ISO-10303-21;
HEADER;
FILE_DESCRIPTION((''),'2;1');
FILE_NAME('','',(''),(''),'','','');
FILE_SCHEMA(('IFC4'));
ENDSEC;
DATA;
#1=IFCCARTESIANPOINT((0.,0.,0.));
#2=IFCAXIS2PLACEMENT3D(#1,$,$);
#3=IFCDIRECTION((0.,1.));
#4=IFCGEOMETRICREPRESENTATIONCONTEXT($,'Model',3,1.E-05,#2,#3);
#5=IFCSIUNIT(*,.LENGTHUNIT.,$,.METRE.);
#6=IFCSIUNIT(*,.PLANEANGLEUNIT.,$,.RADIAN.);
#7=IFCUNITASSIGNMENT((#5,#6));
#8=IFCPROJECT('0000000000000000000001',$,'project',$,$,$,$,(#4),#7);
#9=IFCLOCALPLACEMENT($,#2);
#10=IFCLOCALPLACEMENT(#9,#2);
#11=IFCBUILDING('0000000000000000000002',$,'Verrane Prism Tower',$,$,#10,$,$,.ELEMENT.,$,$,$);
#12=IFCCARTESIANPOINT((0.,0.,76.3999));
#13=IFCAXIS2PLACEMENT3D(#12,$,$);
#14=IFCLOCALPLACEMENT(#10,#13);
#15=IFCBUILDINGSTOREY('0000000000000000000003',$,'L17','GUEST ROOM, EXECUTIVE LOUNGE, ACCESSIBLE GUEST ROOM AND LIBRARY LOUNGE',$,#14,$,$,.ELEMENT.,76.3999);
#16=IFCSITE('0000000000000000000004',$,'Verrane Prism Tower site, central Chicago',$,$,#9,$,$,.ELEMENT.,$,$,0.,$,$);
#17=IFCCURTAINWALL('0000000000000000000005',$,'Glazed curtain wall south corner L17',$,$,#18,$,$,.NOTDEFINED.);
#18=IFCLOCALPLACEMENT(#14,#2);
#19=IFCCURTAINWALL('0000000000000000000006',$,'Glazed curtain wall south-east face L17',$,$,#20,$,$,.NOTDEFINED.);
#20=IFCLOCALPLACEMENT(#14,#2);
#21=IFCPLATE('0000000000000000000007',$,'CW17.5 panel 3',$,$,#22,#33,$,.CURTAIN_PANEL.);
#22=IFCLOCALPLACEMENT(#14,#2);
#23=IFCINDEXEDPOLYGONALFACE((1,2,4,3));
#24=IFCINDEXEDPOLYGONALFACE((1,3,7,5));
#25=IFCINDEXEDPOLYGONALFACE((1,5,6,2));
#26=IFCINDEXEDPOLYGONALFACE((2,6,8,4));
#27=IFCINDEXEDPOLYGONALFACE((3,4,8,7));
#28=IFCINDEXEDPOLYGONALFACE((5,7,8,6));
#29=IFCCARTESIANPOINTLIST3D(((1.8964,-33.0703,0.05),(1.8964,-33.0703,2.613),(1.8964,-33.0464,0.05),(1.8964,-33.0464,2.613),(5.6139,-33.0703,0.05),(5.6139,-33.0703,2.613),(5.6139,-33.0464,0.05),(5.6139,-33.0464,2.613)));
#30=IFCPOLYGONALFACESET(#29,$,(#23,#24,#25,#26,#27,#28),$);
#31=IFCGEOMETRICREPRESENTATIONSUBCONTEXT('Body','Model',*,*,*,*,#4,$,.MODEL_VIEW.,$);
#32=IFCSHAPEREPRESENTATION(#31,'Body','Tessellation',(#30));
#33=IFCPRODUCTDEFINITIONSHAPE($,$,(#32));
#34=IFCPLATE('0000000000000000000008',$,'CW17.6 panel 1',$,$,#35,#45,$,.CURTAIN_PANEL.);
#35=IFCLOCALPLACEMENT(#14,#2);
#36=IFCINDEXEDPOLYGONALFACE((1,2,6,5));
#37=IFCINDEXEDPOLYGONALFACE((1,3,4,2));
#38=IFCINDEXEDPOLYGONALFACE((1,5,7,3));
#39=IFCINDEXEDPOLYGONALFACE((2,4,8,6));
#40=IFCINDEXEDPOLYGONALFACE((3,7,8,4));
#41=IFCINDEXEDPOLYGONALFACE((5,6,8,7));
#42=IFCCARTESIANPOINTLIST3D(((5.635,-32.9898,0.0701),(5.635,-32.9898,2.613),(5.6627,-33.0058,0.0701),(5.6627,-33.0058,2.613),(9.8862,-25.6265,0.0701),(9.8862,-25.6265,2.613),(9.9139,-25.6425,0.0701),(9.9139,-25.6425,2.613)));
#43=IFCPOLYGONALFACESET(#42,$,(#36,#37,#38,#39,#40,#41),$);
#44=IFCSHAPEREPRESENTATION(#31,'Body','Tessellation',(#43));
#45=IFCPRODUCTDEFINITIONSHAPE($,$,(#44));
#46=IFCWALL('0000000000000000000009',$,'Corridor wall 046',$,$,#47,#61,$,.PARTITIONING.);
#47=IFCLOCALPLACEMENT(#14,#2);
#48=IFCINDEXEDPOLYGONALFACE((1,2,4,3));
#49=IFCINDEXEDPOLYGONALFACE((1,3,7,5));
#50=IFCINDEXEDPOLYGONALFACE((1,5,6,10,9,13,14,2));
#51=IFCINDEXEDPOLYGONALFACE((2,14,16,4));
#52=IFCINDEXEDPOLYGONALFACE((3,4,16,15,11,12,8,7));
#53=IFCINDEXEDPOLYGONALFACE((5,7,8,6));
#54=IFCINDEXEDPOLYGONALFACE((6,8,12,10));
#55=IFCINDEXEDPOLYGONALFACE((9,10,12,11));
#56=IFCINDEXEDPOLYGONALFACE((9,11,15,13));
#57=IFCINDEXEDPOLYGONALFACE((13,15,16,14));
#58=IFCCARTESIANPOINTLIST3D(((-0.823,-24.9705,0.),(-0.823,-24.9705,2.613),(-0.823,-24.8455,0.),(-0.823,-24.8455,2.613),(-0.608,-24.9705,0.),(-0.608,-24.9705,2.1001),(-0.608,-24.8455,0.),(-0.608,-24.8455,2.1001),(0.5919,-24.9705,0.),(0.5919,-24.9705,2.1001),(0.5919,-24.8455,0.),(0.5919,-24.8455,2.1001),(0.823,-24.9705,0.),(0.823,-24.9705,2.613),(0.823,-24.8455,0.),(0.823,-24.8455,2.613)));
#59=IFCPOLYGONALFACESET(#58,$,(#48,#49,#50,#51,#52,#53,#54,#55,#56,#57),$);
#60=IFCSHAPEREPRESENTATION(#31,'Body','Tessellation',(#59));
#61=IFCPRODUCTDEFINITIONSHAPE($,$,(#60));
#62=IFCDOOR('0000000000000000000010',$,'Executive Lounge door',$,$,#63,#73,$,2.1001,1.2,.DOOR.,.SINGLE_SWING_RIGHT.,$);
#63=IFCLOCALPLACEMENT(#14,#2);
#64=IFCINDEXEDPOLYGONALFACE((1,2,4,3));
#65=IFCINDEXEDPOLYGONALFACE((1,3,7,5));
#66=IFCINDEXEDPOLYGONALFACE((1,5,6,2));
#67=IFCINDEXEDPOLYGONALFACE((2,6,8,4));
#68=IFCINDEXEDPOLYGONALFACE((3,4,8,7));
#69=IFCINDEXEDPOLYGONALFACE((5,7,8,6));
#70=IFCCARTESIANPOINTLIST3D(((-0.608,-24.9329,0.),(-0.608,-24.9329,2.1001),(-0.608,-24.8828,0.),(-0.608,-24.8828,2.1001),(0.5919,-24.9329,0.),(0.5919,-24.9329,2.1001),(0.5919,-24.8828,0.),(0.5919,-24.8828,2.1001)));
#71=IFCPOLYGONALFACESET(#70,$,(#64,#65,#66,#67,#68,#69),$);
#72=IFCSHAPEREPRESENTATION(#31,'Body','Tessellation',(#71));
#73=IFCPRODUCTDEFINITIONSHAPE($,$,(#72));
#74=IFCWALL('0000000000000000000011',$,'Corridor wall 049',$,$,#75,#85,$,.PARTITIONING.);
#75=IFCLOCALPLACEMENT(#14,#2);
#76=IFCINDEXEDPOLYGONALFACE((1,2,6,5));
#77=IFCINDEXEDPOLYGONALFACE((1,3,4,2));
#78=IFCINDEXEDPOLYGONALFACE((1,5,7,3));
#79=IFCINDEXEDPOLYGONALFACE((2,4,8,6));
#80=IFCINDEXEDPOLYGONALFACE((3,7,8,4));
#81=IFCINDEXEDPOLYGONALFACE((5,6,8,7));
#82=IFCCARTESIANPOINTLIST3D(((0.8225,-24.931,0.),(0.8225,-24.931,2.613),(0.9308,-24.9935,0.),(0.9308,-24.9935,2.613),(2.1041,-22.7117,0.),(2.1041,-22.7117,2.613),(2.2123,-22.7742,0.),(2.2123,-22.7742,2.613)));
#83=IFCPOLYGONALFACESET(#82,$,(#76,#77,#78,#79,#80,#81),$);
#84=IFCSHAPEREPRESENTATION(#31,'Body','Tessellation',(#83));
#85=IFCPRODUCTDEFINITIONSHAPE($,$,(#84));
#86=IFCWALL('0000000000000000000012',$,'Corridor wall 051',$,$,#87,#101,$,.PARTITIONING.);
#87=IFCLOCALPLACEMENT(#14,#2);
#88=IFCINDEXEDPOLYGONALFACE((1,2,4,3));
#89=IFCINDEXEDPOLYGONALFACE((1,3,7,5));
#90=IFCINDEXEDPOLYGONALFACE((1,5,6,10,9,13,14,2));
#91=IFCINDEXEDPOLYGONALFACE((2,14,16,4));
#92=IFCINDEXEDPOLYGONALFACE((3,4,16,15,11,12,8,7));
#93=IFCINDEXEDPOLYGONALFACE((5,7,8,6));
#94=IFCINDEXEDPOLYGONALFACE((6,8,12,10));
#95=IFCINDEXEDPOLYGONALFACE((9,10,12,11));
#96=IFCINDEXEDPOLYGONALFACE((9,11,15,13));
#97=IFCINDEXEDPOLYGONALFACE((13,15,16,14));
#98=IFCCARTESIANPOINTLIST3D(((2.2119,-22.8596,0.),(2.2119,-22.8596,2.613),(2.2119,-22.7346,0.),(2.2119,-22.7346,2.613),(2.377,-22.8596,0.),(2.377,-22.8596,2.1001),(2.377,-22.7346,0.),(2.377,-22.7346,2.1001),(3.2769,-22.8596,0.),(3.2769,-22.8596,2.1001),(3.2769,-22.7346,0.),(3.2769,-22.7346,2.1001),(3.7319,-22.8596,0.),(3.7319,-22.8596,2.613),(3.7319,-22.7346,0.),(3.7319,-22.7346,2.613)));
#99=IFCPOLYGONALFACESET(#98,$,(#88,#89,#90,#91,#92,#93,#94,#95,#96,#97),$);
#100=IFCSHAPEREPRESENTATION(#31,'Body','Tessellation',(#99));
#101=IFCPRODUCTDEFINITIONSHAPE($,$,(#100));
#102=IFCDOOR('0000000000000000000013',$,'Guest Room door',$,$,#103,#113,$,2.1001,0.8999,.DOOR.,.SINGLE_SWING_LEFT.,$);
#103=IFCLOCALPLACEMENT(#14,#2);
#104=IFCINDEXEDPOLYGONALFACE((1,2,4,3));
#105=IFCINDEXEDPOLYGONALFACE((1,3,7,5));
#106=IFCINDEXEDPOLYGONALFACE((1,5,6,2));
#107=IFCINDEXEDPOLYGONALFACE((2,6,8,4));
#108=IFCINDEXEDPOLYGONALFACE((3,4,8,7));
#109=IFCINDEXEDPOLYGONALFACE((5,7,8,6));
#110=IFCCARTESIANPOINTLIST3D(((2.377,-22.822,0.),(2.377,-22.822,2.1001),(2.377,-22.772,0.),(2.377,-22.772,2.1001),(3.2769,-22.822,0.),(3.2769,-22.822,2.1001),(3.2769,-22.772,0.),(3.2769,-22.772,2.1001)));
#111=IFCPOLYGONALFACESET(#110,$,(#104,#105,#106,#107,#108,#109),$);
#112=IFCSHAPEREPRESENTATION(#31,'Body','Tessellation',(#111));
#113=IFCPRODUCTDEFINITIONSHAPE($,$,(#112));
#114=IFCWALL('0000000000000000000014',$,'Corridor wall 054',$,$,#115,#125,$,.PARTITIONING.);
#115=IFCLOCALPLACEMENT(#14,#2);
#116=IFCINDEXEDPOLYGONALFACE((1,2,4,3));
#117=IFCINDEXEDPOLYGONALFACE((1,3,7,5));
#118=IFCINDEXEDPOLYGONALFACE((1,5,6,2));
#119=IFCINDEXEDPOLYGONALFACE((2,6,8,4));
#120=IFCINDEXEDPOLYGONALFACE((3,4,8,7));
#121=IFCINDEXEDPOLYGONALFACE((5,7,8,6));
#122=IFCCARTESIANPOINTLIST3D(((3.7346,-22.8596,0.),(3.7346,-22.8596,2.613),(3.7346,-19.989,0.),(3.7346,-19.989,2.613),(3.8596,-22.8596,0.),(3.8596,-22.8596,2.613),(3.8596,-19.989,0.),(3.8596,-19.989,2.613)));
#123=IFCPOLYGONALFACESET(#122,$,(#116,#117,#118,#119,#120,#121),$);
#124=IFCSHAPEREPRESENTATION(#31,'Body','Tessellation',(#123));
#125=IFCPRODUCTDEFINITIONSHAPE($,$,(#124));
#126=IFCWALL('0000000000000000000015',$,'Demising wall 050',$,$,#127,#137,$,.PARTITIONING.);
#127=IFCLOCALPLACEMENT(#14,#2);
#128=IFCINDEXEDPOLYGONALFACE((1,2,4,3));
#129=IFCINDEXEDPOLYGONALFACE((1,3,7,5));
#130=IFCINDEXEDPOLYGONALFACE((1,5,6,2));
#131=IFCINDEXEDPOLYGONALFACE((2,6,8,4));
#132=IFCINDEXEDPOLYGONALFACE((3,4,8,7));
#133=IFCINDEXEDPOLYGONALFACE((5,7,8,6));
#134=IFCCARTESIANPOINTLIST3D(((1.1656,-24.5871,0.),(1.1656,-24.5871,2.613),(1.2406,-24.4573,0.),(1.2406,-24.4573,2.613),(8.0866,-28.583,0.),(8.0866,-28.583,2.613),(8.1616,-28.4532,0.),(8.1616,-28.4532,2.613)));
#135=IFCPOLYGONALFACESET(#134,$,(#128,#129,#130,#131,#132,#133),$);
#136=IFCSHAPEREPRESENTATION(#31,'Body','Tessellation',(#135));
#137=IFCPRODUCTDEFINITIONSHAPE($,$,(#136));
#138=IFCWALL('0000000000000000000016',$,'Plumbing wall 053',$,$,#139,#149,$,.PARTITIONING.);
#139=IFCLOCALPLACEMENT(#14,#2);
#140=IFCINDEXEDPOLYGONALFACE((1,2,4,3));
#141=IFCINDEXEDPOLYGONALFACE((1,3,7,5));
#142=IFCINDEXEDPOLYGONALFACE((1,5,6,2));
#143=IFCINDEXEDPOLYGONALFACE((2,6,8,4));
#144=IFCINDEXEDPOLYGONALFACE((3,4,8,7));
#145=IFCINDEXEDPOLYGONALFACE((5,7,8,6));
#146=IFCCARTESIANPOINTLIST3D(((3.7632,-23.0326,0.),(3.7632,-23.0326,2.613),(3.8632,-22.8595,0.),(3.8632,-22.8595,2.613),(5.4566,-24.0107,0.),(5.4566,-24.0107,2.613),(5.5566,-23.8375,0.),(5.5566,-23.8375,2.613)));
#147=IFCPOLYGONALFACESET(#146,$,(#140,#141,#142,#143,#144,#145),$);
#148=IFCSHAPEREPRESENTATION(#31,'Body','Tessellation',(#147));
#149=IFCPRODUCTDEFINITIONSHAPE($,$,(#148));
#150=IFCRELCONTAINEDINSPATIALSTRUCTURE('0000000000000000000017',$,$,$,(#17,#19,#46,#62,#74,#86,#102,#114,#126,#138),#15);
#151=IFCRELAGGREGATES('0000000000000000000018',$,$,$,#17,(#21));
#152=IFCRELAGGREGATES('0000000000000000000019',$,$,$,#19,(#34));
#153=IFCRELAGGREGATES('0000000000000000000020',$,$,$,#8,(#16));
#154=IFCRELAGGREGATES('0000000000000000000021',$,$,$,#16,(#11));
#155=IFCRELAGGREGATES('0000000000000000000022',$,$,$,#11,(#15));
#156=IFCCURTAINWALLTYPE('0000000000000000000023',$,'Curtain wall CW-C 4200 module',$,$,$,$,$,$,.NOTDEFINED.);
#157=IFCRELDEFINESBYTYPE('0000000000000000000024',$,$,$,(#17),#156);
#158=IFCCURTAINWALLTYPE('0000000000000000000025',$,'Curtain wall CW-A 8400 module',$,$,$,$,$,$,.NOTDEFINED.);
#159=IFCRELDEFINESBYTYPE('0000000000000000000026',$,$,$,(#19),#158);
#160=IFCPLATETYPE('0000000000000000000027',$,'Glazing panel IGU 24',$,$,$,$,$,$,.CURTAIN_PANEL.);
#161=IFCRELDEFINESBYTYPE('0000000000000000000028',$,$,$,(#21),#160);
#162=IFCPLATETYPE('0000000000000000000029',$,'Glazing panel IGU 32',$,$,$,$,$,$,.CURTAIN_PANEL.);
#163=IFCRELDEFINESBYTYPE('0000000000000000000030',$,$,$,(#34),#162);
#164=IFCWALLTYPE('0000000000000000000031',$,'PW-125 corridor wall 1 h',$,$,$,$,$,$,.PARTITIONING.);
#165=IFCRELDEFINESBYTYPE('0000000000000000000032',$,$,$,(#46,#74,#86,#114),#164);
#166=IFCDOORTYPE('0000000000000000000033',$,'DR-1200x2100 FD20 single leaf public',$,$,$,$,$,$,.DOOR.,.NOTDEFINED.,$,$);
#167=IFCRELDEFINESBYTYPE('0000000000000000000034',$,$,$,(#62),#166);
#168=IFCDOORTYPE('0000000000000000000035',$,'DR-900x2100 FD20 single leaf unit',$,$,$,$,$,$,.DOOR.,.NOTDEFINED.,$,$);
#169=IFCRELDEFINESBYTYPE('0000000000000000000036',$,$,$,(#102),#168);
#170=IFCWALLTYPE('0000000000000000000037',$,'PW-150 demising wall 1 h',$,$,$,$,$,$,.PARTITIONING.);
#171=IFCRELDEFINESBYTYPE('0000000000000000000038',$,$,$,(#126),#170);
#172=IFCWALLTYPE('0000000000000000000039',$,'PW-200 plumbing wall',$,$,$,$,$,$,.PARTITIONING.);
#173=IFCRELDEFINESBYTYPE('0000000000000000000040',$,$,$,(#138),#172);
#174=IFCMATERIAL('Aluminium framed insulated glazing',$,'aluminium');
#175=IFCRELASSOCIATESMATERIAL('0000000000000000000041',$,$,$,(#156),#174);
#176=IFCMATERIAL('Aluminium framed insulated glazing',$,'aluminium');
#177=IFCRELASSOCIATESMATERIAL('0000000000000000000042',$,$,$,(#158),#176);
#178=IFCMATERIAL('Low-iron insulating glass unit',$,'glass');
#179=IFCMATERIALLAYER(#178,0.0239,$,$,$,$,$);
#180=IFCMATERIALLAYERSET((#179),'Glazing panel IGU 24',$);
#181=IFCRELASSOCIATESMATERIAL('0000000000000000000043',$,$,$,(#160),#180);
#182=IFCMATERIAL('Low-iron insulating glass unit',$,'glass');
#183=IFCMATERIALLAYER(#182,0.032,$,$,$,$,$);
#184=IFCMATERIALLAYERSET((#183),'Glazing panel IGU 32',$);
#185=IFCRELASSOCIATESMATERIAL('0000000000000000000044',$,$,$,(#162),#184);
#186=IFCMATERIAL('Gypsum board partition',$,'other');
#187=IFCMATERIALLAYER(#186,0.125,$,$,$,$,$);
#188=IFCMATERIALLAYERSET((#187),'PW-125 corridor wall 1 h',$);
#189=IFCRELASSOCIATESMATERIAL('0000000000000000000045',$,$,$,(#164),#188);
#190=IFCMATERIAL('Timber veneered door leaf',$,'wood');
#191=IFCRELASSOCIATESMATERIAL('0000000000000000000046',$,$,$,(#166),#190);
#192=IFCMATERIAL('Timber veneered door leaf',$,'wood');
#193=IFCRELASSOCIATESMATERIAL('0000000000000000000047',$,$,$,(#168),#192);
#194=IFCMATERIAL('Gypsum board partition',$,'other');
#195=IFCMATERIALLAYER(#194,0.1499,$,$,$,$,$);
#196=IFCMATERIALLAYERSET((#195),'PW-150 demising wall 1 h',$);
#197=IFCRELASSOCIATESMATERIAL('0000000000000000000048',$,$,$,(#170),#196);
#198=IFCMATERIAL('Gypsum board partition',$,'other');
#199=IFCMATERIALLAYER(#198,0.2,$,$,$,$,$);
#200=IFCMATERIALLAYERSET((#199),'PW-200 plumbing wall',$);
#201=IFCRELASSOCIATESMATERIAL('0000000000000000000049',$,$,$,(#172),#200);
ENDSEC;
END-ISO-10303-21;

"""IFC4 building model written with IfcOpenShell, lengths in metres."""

from ifc_helpers import new_model, si_unit, direction, frame, frame_2d, origin, origin_2d, place, context, subcontext, project, spatial, rectangle, extrude, material, layer, layer_set, type_object, element, fill, aggregate, save


model = new_model("IFC4")

# Units and contexts
model_context = context("Model", 3, precision=1e-05, world=origin(), true_north=direction((0.0, 1.0)))
body_context = subcontext(model_context, "Body", "Model", "MODEL_VIEW")
ifc_project = project(units=[si_unit("LENGTHUNIT", "METRE"), si_unit("PLANEANGLEUNIT", "RADIAN")], contexts=[model_context])

# Site, building, storey
site_placement = place(None, origin())
site = spatial("IfcSite", under=ifc_project, at=site_placement, Name="Verrane Prism Tower site, central Chicago", CompositionType="ELEMENT", RefElevation=0.0)
building_placement = place(site_placement, origin())
building = spatial("IfcBuilding", under=site, at=building_placement, Name="Verrane Prism Tower", CompositionType="ELEMENT")
storey_placement = place(building_placement, frame((0.0, 0.0, 76.3999)))
storey = spatial("IfcBuildingStorey", under=building, at=storey_placement, Name="L17", Description="GUEST ROOM, EXECUTIVE LOUNGE, ACCESSIBLE GUEST ROOM AND LIBRARY LOUNGE", CompositionType="ELEMENT", Elevation=76.3999)

# Curtain wall
ifc_material_1 = material(Name="Aluminium framed insulated glazing", Category="aluminium")
curtain_wall_type_1 = type_object("IfcCurtainWallType", Name="Curtain wall CW-C 4200 module", PredefinedType="NOTDEFINED", material=ifc_material_1)
curtain_wall_1_placement = place(storey_placement, origin())
curtain_wall_1 = element("IfcCurtainWall", 1, at=curtain_wall_1_placement, inside=storey, type_object=curtain_wall_type_1, Name="Glazed curtain wall south corner L17", PredefinedType="NOTDEFINED")

# Curtain wall
ifc_material_2 = material(Name="Aluminium framed insulated glazing", Category="aluminium")
curtain_wall_type_2 = type_object("IfcCurtainWallType", Name="Curtain wall CW-A 8400 module", PredefinedType="NOTDEFINED", material=ifc_material_2)
curtain_wall_2_placement = place(storey_placement, origin())
curtain_wall_2 = element("IfcCurtainWall", 2, at=curtain_wall_2_placement, inside=storey, type_object=curtain_wall_type_2, Name="Glazed curtain wall south-east face L17", PredefinedType="NOTDEFINED")

# Plates
ifc_material_3 = material(Name="Low-iron insulating glass unit", Category="glass")
ifc_layer_1 = layer(ifc_material_3, 0.0239)
ifc_layer_set_1 = layer_set([ifc_layer_1], Name="Glazing panel IGU 24")
plate_type_1 = type_object("IfcPlateType", Name="Glazing panel IGU 24", PredefinedType="CURTAIN_PANEL", material=ifc_layer_set_1)
plate_1_placement = place(storey_placement, frame((3.7551, -33.0583, 0.05), z_axis=(0.0, 0.0, 1.0), x_axis=(1.0, 0.0, 0.0)))
plate_1 = element("IfcPlate", 3, at=plate_1_placement, type_object=plate_type_1, Name="CW17.5 panel 3", PredefinedType="CURTAIN_PANEL", context=body_context, shape_type="SweptSolid", body=[
    extrude(rectangle(XDim=3.7175, YDim=0.0239, at=origin_2d()), origin(), (0.0, 0.0, 1.0), 2.563),
])
aggregate(curtain_wall_1, [plate_1])
ifc_material_4 = material(Name="Low-iron insulating glass unit", Category="glass")
ifc_layer_2 = layer(ifc_material_4, 0.032)
ifc_layer_set_2 = layer_set([ifc_layer_2], Name="Glazing panel IGU 32")
plate_type_2 = type_object("IfcPlateType", Name="Glazing panel IGU 32", PredefinedType="CURTAIN_PANEL", material=ifc_layer_set_2)
plate_2_placement = place(storey_placement, frame((7.7744, -29.3162, 0.0701), z_axis=(0.0, 0.0, 1.0), x_axis=(0.499999, 0.866026, 0.0)))
plate_2 = element("IfcPlate", 4, at=plate_2_placement, type_object=plate_type_2, Name="CW17.6 panel 1", PredefinedType="CURTAIN_PANEL", context=body_context, shape_type="SweptSolid", body=[
    extrude(rectangle(XDim=8.5024, YDim=0.032, at=origin_2d()), origin(), (0.0, 0.0, 1.0), 2.543),
])
aggregate(curtain_wall_2, [plate_2])

# Wall, opening, door
ifc_material_5 = material(Name="Gypsum board partition", Category="other")
ifc_layer_3 = layer(ifc_material_5, 0.125)
ifc_layer_set_3 = layer_set([ifc_layer_3], Name="PW-125 corridor wall 1 h")
wall_type_1 = type_object("IfcWallType", Name="PW-125 corridor wall 1 h", PredefinedType="PARTITIONING", material=ifc_layer_set_3)
wall_1_placement = place(storey_placement, frame((0.823, -24.908, 0.0), z_axis=(0.0, 0.0, 1.0), x_axis=(-1.0, 0.0, 0.0)))
wall_1 = element("IfcWall", 5, at=wall_1_placement, inside=storey, type_object=wall_type_1, Name="Corridor wall 046", PredefinedType="PARTITIONING", context=body_context, shape_type="SweptSolid", body=[
    extrude(rectangle(XDim=1.646, YDim=0.125, at=frame_2d((0.823, 0.0))), origin(), (0.0, 0.0, 1.0), 2.613),
])
opening_1_placement = place(wall_1_placement, frame((0.231, 0.0, 0.0)))
opening_1 = element("IfcOpeningElement", 6, at=opening_1_placement, cuts=wall_1, PredefinedType="OPENING", context=body_context, shape_type="SweptSolid", body=[
    extrude(rectangle(XDim=1.2, YDim=2.1001, at=frame_2d((0.6001, 1.05))), frame((0.0, 0.0725, 0.0), z_axis=(0.0, -1.0, 0.0), x_axis=(1.0, 0.0, 0.0)), (0.0, 0.0, 1.0), 0.145),
])
ifc_material_6 = material(Name="Timber veneered door leaf", Category="wood")
door_type_1 = type_object("IfcDoorType", Name="DR-1200x2100 FD20 single leaf public", OperationType="NOTDEFINED", PredefinedType="DOOR", material=ifc_material_6)
door_1_placement = place(opening_1_placement, origin())
door_1 = element("IfcDoor", 7, at=door_1_placement, inside=storey, type_object=door_type_1, Name="Executive Lounge door", OperationType="SINGLE_SWING_RIGHT", OverallHeight=2.1001, OverallWidth=1.2, PredefinedType="DOOR", context=body_context, shape_type="SweptSolid", body=[
    extrude(rectangle(XDim=1.2, YDim=2.1001, at=frame_2d((0.6001, 1.05))), frame((0.0, 0.0249, 0.0), z_axis=(0.0, -1.0, 0.0), x_axis=(1.0, 0.0, 0.0)), (0.0, 0.0, 1.0), 0.05),
])
fill(opening_1, door_1)

# Wall
wall_2_placement = place(storey_placement, frame((0.8767, -24.9622, 0.0), z_axis=(0.0, 0.0, 1.0), x_axis=(0.500063, 0.865989, 0.0)))
element("IfcWall", 8, at=wall_2_placement, inside=storey, type_object=wall_type_1, Name="Corridor wall 049", PredefinedType="PARTITIONING", context=body_context, shape_type="SweptSolid", body=[
    extrude(rectangle(XDim=2.5627, YDim=0.125, at=frame_2d((1.2812, 0.0))), origin(), (0.0, 0.0, 1.0), 2.613),
])

# Wall, opening, door
wall_3_placement = place(storey_placement, frame((3.7319, -22.7971, 0.0), z_axis=(0.0, 0.0, 1.0), x_axis=(-1.0, 0.0, 0.0)))
wall_3 = element("IfcWall", 9, at=wall_3_placement, inside=storey, type_object=wall_type_1, Name="Corridor wall 051", PredefinedType="PARTITIONING", context=body_context, shape_type="SweptSolid", body=[
    extrude(rectangle(XDim=1.52, YDim=0.125, at=frame_2d((0.76, 0.0))), origin(), (0.0, 0.0, 1.0), 2.613),
])
opening_2_placement = place(wall_3_placement, frame((0.4551, 0.0, 0.0)))
opening_2 = element("IfcOpeningElement", 10, at=opening_2_placement, cuts=wall_3, PredefinedType="OPENING", context=body_context, shape_type="SweptSolid", body=[
    extrude(rectangle(XDim=0.8999, YDim=2.1001, at=frame_2d((0.45, 1.05))), frame((0.0, 0.0725, 0.0), z_axis=(0.0, -1.0, 0.0), x_axis=(1.0, 0.0, 0.0)), (0.0, 0.0, 1.0), 0.145),
])
ifc_material_7 = material(Name="Timber veneered door leaf", Category="wood")
door_type_2 = type_object("IfcDoorType", Name="DR-900x2100 FD20 single leaf unit", OperationType="NOTDEFINED", PredefinedType="DOOR", material=ifc_material_7)
door_2_placement = place(opening_2_placement, origin())
door_2 = element("IfcDoor", 11, at=door_2_placement, inside=storey, type_object=door_type_2, Name="Guest Room door", OperationType="SINGLE_SWING_LEFT", OverallHeight=2.1001, OverallWidth=0.8999, PredefinedType="DOOR", context=body_context, shape_type="SweptSolid", body=[
    extrude(rectangle(XDim=0.8999, YDim=2.1001, at=frame_2d((0.45, 1.05))), frame((0.0, 0.0249, 0.0), z_axis=(0.0, -1.0, 0.0), x_axis=(1.0, 0.0, 0.0)), (0.0, 0.0, 1.0), 0.05),
])
fill(opening_2, door_2)

# Walls
wall_4_placement = place(storey_placement, frame((3.7971, -22.8596, 0.0), z_axis=(0.0, 0.0, 1.0), x_axis=(0.0, 1.0, 0.0)))
element("IfcWall", 12, at=wall_4_placement, inside=storey, type_object=wall_type_1, Name="Corridor wall 054", PredefinedType="PARTITIONING", context=body_context, shape_type="SweptSolid", body=[
    extrude(rectangle(XDim=2.8706, YDim=0.125, at=frame_2d((1.4353, 0.0))), origin(), (0.0, 0.0, 1.0), 2.613),
])
ifc_material_8 = material(Name="Gypsum board partition", Category="other")
ifc_layer_4 = layer(ifc_material_8, 0.1499)
ifc_layer_set_4 = layer_set([ifc_layer_4], Name="PW-150 demising wall 1 h")
wall_type_2 = type_object("IfcWallType", Name="PW-150 demising wall 1 h", PredefinedType="PARTITIONING", material=ifc_layer_set_4)
wall_5_placement = place(storey_placement, frame((1.2031, -24.5222, 0.0), z_axis=(0.0, 0.0, 1.0), x_axis=(0.866022, -0.500006, 0.0)))
element("IfcWall", 13, at=wall_5_placement, inside=storey, type_object=wall_type_2, Name="Demising wall 050", PredefinedType="PARTITIONING", context=body_context, shape_type="SweptSolid", body=[
    extrude(rectangle(XDim=7.9917, YDim=0.1499, at=frame_2d((3.9958, 0.0))), origin(), (0.0, 0.0, 1.0), 2.613),
])
ifc_material_9 = material(Name="Gypsum board partition", Category="other")
ifc_layer_5 = layer(ifc_material_9, 0.2)
ifc_layer_set_5 = layer_set([ifc_layer_5], Name="PW-200 plumbing wall")
wall_type_3 = type_object("IfcWallType", Name="PW-200 plumbing wall", PredefinedType="PARTITIONING", material=ifc_layer_set_5)
wall_6_placement = place(storey_placement, frame((3.8132, -22.946, 0.0), z_axis=(0.0, 0.0, 1.0), x_axis=(0.865944, -0.50014, 0.0)))
element("IfcWall", 14, at=wall_6_placement, inside=storey, type_object=wall_type_3, Name="Plumbing wall 053", PredefinedType="PARTITIONING", context=body_context, shape_type="SweptSolid", body=[
    extrude(rectangle(XDim=1.9556, YDim=0.2, at=frame_2d((0.9778, 0.0))), origin(), (0.0, 0.0, 1.0), 2.613),
])

save(model, "model.ifc")
